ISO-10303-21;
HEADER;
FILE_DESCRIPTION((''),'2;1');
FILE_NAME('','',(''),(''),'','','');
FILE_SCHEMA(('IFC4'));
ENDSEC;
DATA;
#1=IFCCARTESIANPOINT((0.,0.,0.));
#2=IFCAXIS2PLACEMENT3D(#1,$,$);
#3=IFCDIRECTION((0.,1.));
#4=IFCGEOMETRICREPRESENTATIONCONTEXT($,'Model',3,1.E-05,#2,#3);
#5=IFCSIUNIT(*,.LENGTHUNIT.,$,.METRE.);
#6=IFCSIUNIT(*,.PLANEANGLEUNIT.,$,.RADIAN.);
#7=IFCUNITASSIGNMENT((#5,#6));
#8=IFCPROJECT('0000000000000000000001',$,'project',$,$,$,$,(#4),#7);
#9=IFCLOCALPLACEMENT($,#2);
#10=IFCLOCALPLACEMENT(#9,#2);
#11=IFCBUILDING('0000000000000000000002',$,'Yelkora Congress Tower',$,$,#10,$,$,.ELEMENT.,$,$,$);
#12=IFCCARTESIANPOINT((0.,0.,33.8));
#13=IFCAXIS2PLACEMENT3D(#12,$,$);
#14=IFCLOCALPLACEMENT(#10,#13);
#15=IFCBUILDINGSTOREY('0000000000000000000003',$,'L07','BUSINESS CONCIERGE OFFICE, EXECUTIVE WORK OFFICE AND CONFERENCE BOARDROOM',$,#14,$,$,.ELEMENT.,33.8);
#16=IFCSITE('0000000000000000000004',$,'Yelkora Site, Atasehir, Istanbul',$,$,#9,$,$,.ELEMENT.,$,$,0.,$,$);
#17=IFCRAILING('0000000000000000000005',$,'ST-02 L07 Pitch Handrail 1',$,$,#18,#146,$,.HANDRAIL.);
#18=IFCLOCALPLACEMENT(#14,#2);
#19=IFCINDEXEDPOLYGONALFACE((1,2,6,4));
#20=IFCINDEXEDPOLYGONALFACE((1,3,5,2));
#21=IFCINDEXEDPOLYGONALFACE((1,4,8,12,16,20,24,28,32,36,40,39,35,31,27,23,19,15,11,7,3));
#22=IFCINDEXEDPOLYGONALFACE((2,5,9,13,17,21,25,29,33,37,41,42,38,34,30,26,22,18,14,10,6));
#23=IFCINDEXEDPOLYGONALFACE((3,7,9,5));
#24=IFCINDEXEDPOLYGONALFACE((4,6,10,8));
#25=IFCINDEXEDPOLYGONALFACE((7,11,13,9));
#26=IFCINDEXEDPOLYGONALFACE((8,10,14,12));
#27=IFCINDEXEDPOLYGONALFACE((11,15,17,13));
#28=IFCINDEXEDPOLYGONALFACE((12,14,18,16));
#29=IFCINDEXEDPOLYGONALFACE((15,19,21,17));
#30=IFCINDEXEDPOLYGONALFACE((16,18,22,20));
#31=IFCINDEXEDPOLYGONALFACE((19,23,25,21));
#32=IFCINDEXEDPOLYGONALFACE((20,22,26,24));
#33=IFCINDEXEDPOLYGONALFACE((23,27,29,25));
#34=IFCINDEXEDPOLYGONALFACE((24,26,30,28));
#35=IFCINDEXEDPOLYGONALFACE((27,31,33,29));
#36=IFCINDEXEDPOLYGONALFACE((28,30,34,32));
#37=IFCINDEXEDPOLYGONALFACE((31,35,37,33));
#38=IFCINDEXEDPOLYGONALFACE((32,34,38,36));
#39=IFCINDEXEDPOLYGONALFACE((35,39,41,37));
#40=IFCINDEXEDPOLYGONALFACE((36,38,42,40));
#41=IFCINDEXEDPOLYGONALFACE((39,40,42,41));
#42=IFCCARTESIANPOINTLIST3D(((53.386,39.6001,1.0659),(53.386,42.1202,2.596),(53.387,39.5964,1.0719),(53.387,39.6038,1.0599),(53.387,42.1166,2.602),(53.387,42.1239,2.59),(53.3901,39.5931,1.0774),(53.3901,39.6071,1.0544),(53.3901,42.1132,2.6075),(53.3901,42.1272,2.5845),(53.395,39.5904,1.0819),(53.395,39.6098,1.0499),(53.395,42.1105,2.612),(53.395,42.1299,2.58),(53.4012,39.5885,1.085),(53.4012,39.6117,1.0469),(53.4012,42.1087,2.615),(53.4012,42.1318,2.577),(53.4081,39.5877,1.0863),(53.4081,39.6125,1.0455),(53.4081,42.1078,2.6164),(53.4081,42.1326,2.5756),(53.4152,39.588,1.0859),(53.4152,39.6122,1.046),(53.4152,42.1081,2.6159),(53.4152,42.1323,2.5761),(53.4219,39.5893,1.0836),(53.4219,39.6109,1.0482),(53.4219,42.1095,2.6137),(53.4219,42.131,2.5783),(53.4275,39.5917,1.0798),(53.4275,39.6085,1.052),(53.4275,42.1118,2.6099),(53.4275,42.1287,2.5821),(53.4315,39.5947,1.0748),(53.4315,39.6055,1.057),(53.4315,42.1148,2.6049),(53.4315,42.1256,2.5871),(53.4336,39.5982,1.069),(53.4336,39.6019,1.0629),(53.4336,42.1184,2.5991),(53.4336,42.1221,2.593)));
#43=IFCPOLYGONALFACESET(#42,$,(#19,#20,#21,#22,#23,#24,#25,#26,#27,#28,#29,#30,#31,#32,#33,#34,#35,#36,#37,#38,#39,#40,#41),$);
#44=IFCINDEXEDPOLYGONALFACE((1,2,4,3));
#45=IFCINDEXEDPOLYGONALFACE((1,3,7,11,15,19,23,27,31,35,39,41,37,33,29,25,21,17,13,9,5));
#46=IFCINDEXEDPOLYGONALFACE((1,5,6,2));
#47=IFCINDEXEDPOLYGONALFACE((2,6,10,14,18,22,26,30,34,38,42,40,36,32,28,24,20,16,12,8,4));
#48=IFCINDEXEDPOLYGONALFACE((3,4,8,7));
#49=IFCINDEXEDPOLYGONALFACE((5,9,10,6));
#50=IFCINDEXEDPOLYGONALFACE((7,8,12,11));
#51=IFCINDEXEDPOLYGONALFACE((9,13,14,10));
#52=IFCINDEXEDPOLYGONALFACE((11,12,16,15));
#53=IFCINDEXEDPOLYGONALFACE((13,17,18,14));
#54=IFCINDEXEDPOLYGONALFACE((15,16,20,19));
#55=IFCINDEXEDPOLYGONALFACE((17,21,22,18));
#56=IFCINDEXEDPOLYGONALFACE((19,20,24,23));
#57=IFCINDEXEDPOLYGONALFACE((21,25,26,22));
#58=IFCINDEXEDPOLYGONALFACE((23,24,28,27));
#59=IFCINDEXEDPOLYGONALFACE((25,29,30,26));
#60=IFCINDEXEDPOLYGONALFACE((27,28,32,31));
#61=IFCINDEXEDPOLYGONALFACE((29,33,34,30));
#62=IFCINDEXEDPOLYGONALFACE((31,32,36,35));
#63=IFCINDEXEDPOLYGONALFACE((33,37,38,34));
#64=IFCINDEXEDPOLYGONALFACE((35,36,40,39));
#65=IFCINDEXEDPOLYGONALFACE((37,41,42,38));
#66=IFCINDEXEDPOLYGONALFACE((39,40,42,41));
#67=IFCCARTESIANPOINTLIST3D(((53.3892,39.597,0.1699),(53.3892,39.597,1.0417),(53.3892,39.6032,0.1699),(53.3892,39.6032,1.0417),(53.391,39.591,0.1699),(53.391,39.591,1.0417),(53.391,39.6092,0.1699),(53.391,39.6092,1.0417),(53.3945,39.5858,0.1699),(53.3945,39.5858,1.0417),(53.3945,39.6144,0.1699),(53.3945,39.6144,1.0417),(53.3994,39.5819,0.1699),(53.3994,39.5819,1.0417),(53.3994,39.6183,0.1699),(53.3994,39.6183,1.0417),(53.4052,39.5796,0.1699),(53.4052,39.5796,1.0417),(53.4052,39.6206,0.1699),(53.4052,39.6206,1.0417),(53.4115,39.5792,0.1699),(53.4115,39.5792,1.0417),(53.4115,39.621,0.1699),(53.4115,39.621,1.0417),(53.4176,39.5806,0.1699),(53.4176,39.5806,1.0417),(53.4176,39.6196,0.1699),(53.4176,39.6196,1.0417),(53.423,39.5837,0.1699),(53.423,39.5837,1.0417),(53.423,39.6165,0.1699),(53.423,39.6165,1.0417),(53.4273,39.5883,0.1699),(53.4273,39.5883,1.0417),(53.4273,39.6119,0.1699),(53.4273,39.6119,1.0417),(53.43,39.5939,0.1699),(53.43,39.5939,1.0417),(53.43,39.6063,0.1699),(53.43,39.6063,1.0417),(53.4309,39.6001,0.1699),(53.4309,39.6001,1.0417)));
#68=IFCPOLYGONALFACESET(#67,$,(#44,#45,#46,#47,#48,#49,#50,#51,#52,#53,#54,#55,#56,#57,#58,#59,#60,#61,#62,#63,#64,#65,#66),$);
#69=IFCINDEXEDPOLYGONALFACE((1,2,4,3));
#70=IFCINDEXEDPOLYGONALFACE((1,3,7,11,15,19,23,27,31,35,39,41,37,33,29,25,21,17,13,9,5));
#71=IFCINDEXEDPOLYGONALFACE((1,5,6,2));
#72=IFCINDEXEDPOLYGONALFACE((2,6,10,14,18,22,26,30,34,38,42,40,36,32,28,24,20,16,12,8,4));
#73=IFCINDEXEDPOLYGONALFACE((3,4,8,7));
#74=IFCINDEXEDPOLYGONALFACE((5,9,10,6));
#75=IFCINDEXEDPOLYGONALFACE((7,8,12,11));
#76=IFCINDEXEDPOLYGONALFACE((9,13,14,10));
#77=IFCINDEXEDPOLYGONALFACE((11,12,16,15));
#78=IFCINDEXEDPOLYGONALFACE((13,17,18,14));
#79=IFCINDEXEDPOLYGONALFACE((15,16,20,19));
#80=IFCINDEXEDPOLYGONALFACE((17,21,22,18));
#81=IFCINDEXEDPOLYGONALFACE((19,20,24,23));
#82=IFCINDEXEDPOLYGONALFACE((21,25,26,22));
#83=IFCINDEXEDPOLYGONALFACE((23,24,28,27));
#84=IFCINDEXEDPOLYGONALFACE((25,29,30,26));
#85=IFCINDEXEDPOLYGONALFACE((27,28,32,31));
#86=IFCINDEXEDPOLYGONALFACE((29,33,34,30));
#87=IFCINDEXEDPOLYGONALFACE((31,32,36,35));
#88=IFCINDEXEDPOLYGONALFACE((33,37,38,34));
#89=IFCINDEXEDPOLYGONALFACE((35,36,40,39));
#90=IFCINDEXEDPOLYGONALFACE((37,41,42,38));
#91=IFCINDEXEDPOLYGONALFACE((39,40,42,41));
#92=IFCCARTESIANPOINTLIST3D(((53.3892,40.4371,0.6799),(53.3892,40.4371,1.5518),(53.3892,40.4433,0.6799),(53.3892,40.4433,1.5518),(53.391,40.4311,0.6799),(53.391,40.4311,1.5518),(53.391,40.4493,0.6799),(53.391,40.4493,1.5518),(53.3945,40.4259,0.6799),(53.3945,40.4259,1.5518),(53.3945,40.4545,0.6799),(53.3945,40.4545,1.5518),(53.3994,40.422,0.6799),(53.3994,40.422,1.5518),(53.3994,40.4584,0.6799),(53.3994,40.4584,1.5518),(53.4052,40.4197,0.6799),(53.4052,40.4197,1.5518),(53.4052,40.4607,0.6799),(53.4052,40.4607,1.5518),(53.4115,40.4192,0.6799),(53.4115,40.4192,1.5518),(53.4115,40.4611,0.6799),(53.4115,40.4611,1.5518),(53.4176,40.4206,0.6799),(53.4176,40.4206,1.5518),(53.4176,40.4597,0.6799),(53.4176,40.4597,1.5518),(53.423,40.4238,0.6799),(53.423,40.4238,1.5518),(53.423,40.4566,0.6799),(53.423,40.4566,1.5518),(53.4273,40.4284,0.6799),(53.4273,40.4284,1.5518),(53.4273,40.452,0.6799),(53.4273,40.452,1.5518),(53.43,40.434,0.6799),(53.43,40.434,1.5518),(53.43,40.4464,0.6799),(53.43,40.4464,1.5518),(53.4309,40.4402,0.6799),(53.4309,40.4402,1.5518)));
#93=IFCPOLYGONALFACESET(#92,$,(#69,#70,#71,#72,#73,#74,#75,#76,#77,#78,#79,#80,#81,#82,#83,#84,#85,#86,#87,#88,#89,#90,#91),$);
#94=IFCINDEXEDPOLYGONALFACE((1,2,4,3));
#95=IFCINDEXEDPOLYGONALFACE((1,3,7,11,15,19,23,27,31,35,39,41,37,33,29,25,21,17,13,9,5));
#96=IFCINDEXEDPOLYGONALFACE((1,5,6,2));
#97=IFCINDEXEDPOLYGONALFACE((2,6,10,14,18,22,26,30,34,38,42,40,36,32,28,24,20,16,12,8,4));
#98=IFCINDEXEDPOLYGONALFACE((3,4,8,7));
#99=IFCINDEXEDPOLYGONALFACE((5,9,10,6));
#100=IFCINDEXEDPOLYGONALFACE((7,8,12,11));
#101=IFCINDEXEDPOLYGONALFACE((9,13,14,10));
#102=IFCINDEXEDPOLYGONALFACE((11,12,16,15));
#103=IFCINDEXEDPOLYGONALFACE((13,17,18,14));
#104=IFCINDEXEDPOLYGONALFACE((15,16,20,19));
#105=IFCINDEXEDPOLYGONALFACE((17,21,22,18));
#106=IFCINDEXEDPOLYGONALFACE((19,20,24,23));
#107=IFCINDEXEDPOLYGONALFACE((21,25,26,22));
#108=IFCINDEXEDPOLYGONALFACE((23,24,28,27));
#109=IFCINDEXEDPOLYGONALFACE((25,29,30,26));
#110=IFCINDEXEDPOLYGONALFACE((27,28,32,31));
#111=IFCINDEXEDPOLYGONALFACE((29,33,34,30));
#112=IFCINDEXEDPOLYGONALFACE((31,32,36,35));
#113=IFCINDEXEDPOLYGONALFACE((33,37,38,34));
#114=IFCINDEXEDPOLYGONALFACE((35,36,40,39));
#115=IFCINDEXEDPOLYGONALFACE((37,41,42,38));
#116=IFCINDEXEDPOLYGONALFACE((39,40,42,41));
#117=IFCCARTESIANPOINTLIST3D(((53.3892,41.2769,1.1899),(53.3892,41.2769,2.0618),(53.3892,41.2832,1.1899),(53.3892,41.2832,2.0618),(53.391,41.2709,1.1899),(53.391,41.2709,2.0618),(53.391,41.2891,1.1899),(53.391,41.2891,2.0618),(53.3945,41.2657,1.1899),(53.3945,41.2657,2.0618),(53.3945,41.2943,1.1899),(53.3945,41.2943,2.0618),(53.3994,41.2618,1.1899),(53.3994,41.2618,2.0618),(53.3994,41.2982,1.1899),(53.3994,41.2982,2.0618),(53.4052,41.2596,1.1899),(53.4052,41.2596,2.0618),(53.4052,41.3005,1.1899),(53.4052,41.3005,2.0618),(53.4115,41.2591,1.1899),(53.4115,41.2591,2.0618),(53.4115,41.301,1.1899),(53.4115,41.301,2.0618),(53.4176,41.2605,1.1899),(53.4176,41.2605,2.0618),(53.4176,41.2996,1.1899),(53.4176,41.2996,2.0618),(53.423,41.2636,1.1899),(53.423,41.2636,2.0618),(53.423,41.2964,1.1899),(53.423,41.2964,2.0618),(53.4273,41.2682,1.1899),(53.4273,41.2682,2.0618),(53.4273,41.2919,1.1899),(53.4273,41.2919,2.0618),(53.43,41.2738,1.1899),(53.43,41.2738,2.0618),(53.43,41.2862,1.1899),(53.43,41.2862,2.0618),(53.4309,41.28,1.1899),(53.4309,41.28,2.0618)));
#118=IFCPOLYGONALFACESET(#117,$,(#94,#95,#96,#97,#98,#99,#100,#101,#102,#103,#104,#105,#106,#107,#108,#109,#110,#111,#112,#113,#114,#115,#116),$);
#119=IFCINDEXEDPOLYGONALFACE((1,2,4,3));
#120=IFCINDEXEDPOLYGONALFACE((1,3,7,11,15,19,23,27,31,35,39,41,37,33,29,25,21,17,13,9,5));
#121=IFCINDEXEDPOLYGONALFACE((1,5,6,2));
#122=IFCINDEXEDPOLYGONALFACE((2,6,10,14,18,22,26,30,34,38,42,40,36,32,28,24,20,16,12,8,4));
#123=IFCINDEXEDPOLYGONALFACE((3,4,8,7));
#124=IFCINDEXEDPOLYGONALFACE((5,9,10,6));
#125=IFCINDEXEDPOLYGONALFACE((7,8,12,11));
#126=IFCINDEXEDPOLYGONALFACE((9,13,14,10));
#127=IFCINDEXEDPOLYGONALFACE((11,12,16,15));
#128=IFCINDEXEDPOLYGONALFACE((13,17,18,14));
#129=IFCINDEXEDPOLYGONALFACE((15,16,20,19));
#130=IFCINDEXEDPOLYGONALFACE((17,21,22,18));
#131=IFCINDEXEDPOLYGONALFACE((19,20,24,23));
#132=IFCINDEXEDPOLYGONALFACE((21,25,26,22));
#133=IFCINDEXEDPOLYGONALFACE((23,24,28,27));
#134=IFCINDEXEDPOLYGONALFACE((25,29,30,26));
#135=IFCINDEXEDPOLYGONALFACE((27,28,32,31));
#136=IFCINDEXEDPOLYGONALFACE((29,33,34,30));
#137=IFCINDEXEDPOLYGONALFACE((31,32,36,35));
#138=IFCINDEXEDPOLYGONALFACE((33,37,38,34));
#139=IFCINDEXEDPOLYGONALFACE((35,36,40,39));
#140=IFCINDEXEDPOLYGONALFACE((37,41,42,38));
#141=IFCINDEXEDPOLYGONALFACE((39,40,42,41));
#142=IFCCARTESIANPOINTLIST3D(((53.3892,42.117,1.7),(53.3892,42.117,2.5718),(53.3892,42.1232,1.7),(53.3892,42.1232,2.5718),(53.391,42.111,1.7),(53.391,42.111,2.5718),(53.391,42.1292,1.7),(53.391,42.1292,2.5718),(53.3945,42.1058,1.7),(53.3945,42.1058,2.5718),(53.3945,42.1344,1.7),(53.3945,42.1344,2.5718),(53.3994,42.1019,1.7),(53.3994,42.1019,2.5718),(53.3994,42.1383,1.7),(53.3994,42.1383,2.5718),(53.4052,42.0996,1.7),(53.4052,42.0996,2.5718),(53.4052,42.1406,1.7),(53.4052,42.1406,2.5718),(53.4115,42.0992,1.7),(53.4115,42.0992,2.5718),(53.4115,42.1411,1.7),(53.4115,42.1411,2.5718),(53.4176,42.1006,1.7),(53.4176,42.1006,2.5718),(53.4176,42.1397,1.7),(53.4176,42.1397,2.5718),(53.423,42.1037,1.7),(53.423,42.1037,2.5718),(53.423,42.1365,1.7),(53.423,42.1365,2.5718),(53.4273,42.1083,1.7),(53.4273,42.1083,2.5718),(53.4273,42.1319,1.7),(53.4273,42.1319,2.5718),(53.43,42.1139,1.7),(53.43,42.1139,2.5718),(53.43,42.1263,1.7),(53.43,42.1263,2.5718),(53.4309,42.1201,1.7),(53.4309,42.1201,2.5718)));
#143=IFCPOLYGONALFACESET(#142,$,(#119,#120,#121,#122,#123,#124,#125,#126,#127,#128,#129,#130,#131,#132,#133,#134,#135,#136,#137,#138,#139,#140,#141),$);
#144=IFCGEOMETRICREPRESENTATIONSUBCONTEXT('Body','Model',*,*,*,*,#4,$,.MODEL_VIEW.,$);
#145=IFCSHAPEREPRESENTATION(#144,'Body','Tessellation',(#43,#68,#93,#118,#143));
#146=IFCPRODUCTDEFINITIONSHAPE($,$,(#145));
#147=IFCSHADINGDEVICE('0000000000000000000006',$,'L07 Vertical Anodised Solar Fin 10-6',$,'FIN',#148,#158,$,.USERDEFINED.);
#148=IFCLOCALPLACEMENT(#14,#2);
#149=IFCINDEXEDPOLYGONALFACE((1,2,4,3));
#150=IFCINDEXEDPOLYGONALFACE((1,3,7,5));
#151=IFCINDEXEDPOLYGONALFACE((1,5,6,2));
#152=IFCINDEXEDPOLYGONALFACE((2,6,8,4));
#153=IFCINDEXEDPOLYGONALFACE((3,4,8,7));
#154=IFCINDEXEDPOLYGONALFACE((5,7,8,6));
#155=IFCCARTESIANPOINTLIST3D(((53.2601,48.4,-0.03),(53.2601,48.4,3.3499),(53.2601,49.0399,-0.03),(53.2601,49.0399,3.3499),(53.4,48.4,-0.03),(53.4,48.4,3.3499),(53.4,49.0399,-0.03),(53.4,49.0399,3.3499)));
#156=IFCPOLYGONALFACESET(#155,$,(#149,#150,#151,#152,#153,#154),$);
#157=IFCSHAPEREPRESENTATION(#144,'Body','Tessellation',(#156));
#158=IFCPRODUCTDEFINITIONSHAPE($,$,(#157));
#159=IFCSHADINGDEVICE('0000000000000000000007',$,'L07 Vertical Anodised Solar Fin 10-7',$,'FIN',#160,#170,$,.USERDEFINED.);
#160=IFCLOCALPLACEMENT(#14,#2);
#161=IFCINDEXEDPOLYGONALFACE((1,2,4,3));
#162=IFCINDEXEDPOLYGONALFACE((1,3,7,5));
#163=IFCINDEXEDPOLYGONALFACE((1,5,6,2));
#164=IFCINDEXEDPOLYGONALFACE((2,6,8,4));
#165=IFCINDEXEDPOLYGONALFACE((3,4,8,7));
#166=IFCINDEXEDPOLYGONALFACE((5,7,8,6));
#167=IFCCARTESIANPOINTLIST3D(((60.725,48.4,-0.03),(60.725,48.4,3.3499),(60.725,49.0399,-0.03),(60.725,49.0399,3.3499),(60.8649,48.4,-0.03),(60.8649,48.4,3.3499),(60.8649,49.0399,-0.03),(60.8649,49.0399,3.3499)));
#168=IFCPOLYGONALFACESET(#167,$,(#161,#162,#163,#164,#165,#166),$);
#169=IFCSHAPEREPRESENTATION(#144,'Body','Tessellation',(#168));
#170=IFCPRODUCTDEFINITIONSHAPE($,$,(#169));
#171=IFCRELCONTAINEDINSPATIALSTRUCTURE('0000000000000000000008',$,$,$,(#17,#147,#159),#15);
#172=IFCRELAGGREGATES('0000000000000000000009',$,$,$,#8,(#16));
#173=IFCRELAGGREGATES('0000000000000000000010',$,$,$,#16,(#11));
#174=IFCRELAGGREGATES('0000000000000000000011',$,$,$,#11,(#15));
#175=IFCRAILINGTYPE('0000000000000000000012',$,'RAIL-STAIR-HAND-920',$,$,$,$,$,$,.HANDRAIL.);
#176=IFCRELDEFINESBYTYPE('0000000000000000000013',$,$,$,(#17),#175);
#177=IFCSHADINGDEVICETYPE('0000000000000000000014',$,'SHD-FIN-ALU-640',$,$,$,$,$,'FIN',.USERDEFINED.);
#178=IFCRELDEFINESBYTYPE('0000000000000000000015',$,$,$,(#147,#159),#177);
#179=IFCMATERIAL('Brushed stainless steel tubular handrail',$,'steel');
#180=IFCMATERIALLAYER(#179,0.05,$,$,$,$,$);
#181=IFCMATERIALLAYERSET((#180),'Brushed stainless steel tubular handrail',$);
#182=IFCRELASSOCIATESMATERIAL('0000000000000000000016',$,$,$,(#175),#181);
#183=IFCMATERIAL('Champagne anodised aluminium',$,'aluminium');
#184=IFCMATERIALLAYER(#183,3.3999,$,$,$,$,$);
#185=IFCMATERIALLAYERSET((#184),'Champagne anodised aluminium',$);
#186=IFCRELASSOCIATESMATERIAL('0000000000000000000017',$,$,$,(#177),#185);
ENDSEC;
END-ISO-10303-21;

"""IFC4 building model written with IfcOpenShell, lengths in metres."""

from ifc_helpers import new_model, si_unit, direction, frame, origin, origin_2d, place, context, subcontext, project, spatial, rectangle, circle, extrude, material, layer, layer_set, type_object, element, save


model = new_model("IFC4")

# Units and contexts
model_context = context("Model", 3, precision=1e-05, world=origin(), true_north=direction((0.0, 1.0)))
body_context = subcontext(model_context, "Body", "Model", "MODEL_VIEW")
ifc_project = project(units=[si_unit("LENGTHUNIT", "METRE"), si_unit("PLANEANGLEUNIT", "RADIAN")], contexts=[model_context])

# Site, building, storey
site_placement = place(None, origin())
site = spatial("IfcSite", under=ifc_project, at=site_placement, Name="Yelkora Site, Atasehir, Istanbul", CompositionType="ELEMENT", RefElevation=0.0)
building_placement = place(site_placement, origin())
building = spatial("IfcBuilding", under=site, at=building_placement, Name="Yelkora Congress Tower", CompositionType="ELEMENT")
storey_placement = place(building_placement, frame((0.0, 0.0, 33.8)))
storey = spatial("IfcBuildingStorey", under=building, at=storey_placement, Name="L07", Description="BUSINESS CONCIERGE OFFICE, EXECUTIVE WORK OFFICE AND CONFERENCE BOARDROOM", CompositionType="ELEMENT", Elevation=33.8)

# Railing
ifc_material_1 = material(Name="Brushed stainless steel tubular handrail", Category="steel")
ifc_layer_1 = layer(ifc_material_1, 0.05)
ifc_layer_set_1 = layer_set([ifc_layer_1], Name="Brushed stainless steel tubular handrail")
railing_type_1 = type_object("IfcRailingType", Name="RAIL-STAIR-HAND-920", PredefinedType="HANDRAIL", material=ifc_layer_set_1)
railing_1_placement = place(storey_placement, frame((53.4099, 39.6001, 0.1699)))
element("IfcRailing", 1, at=railing_1_placement, inside=storey, type_object=railing_type_1, Name="ST-02 L07 Pitch Handrail 1", PredefinedType="HANDRAIL", context=body_context, shape_type="SweptSolid", body=[
    extrude(circle(Radius=0.0239, at=origin_2d()), frame((0.0, 0.0, 0.896), z_axis=(0.0, 0.854785, 0.518982), x_axis=(-1.0, 0.0, 0.0)), (0.0, 0.0, 1.0), 2.9482),
    extrude(circle(Radius=0.021, at=origin_2d()), origin(), (0.0, 0.0, 1.0), 0.8718),
    extrude(circle(Radius=0.021, at=origin_2d()), frame((0.0, 0.8401, 0.51)), (0.0, 0.0, 1.0), 0.8718),
    extrude(circle(Radius=0.021, at=origin_2d()), frame((0.0, 1.6799, 1.02)), (0.0, 0.0, 1.0), 0.8718),
    extrude(circle(Radius=0.021, at=origin_2d()), frame((0.0, 2.52, 1.53)), (0.0, 0.0, 1.0), 0.8718),
])

# Shading devices
ifc_material_2 = material(Name="Champagne anodised aluminium", Category="aluminium")
ifc_layer_2 = layer(ifc_material_2, 3.3999)
ifc_layer_set_2 = layer_set([ifc_layer_2], Name="Champagne anodised aluminium")
shading_device_type = type_object("IfcShadingDeviceType", Name="SHD-FIN-ALU-640", ElementType="FIN", PredefinedType="USERDEFINED", material=ifc_layer_set_2)
for number, where, z_axis, x_axis, name in (
    (2, (53.3301, 48.72, -0.03), (0.0, 0.0, 1.0), (1.0, 0.0, 0.0), "L07 Vertical Anodised Solar Fin 10-6"),
    (3, (60.7949, 48.72, -0.03), (0.0, 0.0, 1.0), (1.0, 0.0, 0.0), "L07 Vertical Anodised Solar Fin 10-7"),
):
    element("IfcShadingDevice", number, at=place(storey_placement, frame(where, z_axis=z_axis, x_axis=x_axis)), inside=storey, type_object=shading_device_type, Name=name, ObjectType="FIN", PredefinedType="USERDEFINED", context=body_context, shape_type="SweptSolid", body=[
        extrude(rectangle(XDim=0.1399, YDim=0.6399, at=origin_2d()), origin(), (0.0, 0.0, 1.0), 3.3799),
    ])

save(model, "model.ifc")
